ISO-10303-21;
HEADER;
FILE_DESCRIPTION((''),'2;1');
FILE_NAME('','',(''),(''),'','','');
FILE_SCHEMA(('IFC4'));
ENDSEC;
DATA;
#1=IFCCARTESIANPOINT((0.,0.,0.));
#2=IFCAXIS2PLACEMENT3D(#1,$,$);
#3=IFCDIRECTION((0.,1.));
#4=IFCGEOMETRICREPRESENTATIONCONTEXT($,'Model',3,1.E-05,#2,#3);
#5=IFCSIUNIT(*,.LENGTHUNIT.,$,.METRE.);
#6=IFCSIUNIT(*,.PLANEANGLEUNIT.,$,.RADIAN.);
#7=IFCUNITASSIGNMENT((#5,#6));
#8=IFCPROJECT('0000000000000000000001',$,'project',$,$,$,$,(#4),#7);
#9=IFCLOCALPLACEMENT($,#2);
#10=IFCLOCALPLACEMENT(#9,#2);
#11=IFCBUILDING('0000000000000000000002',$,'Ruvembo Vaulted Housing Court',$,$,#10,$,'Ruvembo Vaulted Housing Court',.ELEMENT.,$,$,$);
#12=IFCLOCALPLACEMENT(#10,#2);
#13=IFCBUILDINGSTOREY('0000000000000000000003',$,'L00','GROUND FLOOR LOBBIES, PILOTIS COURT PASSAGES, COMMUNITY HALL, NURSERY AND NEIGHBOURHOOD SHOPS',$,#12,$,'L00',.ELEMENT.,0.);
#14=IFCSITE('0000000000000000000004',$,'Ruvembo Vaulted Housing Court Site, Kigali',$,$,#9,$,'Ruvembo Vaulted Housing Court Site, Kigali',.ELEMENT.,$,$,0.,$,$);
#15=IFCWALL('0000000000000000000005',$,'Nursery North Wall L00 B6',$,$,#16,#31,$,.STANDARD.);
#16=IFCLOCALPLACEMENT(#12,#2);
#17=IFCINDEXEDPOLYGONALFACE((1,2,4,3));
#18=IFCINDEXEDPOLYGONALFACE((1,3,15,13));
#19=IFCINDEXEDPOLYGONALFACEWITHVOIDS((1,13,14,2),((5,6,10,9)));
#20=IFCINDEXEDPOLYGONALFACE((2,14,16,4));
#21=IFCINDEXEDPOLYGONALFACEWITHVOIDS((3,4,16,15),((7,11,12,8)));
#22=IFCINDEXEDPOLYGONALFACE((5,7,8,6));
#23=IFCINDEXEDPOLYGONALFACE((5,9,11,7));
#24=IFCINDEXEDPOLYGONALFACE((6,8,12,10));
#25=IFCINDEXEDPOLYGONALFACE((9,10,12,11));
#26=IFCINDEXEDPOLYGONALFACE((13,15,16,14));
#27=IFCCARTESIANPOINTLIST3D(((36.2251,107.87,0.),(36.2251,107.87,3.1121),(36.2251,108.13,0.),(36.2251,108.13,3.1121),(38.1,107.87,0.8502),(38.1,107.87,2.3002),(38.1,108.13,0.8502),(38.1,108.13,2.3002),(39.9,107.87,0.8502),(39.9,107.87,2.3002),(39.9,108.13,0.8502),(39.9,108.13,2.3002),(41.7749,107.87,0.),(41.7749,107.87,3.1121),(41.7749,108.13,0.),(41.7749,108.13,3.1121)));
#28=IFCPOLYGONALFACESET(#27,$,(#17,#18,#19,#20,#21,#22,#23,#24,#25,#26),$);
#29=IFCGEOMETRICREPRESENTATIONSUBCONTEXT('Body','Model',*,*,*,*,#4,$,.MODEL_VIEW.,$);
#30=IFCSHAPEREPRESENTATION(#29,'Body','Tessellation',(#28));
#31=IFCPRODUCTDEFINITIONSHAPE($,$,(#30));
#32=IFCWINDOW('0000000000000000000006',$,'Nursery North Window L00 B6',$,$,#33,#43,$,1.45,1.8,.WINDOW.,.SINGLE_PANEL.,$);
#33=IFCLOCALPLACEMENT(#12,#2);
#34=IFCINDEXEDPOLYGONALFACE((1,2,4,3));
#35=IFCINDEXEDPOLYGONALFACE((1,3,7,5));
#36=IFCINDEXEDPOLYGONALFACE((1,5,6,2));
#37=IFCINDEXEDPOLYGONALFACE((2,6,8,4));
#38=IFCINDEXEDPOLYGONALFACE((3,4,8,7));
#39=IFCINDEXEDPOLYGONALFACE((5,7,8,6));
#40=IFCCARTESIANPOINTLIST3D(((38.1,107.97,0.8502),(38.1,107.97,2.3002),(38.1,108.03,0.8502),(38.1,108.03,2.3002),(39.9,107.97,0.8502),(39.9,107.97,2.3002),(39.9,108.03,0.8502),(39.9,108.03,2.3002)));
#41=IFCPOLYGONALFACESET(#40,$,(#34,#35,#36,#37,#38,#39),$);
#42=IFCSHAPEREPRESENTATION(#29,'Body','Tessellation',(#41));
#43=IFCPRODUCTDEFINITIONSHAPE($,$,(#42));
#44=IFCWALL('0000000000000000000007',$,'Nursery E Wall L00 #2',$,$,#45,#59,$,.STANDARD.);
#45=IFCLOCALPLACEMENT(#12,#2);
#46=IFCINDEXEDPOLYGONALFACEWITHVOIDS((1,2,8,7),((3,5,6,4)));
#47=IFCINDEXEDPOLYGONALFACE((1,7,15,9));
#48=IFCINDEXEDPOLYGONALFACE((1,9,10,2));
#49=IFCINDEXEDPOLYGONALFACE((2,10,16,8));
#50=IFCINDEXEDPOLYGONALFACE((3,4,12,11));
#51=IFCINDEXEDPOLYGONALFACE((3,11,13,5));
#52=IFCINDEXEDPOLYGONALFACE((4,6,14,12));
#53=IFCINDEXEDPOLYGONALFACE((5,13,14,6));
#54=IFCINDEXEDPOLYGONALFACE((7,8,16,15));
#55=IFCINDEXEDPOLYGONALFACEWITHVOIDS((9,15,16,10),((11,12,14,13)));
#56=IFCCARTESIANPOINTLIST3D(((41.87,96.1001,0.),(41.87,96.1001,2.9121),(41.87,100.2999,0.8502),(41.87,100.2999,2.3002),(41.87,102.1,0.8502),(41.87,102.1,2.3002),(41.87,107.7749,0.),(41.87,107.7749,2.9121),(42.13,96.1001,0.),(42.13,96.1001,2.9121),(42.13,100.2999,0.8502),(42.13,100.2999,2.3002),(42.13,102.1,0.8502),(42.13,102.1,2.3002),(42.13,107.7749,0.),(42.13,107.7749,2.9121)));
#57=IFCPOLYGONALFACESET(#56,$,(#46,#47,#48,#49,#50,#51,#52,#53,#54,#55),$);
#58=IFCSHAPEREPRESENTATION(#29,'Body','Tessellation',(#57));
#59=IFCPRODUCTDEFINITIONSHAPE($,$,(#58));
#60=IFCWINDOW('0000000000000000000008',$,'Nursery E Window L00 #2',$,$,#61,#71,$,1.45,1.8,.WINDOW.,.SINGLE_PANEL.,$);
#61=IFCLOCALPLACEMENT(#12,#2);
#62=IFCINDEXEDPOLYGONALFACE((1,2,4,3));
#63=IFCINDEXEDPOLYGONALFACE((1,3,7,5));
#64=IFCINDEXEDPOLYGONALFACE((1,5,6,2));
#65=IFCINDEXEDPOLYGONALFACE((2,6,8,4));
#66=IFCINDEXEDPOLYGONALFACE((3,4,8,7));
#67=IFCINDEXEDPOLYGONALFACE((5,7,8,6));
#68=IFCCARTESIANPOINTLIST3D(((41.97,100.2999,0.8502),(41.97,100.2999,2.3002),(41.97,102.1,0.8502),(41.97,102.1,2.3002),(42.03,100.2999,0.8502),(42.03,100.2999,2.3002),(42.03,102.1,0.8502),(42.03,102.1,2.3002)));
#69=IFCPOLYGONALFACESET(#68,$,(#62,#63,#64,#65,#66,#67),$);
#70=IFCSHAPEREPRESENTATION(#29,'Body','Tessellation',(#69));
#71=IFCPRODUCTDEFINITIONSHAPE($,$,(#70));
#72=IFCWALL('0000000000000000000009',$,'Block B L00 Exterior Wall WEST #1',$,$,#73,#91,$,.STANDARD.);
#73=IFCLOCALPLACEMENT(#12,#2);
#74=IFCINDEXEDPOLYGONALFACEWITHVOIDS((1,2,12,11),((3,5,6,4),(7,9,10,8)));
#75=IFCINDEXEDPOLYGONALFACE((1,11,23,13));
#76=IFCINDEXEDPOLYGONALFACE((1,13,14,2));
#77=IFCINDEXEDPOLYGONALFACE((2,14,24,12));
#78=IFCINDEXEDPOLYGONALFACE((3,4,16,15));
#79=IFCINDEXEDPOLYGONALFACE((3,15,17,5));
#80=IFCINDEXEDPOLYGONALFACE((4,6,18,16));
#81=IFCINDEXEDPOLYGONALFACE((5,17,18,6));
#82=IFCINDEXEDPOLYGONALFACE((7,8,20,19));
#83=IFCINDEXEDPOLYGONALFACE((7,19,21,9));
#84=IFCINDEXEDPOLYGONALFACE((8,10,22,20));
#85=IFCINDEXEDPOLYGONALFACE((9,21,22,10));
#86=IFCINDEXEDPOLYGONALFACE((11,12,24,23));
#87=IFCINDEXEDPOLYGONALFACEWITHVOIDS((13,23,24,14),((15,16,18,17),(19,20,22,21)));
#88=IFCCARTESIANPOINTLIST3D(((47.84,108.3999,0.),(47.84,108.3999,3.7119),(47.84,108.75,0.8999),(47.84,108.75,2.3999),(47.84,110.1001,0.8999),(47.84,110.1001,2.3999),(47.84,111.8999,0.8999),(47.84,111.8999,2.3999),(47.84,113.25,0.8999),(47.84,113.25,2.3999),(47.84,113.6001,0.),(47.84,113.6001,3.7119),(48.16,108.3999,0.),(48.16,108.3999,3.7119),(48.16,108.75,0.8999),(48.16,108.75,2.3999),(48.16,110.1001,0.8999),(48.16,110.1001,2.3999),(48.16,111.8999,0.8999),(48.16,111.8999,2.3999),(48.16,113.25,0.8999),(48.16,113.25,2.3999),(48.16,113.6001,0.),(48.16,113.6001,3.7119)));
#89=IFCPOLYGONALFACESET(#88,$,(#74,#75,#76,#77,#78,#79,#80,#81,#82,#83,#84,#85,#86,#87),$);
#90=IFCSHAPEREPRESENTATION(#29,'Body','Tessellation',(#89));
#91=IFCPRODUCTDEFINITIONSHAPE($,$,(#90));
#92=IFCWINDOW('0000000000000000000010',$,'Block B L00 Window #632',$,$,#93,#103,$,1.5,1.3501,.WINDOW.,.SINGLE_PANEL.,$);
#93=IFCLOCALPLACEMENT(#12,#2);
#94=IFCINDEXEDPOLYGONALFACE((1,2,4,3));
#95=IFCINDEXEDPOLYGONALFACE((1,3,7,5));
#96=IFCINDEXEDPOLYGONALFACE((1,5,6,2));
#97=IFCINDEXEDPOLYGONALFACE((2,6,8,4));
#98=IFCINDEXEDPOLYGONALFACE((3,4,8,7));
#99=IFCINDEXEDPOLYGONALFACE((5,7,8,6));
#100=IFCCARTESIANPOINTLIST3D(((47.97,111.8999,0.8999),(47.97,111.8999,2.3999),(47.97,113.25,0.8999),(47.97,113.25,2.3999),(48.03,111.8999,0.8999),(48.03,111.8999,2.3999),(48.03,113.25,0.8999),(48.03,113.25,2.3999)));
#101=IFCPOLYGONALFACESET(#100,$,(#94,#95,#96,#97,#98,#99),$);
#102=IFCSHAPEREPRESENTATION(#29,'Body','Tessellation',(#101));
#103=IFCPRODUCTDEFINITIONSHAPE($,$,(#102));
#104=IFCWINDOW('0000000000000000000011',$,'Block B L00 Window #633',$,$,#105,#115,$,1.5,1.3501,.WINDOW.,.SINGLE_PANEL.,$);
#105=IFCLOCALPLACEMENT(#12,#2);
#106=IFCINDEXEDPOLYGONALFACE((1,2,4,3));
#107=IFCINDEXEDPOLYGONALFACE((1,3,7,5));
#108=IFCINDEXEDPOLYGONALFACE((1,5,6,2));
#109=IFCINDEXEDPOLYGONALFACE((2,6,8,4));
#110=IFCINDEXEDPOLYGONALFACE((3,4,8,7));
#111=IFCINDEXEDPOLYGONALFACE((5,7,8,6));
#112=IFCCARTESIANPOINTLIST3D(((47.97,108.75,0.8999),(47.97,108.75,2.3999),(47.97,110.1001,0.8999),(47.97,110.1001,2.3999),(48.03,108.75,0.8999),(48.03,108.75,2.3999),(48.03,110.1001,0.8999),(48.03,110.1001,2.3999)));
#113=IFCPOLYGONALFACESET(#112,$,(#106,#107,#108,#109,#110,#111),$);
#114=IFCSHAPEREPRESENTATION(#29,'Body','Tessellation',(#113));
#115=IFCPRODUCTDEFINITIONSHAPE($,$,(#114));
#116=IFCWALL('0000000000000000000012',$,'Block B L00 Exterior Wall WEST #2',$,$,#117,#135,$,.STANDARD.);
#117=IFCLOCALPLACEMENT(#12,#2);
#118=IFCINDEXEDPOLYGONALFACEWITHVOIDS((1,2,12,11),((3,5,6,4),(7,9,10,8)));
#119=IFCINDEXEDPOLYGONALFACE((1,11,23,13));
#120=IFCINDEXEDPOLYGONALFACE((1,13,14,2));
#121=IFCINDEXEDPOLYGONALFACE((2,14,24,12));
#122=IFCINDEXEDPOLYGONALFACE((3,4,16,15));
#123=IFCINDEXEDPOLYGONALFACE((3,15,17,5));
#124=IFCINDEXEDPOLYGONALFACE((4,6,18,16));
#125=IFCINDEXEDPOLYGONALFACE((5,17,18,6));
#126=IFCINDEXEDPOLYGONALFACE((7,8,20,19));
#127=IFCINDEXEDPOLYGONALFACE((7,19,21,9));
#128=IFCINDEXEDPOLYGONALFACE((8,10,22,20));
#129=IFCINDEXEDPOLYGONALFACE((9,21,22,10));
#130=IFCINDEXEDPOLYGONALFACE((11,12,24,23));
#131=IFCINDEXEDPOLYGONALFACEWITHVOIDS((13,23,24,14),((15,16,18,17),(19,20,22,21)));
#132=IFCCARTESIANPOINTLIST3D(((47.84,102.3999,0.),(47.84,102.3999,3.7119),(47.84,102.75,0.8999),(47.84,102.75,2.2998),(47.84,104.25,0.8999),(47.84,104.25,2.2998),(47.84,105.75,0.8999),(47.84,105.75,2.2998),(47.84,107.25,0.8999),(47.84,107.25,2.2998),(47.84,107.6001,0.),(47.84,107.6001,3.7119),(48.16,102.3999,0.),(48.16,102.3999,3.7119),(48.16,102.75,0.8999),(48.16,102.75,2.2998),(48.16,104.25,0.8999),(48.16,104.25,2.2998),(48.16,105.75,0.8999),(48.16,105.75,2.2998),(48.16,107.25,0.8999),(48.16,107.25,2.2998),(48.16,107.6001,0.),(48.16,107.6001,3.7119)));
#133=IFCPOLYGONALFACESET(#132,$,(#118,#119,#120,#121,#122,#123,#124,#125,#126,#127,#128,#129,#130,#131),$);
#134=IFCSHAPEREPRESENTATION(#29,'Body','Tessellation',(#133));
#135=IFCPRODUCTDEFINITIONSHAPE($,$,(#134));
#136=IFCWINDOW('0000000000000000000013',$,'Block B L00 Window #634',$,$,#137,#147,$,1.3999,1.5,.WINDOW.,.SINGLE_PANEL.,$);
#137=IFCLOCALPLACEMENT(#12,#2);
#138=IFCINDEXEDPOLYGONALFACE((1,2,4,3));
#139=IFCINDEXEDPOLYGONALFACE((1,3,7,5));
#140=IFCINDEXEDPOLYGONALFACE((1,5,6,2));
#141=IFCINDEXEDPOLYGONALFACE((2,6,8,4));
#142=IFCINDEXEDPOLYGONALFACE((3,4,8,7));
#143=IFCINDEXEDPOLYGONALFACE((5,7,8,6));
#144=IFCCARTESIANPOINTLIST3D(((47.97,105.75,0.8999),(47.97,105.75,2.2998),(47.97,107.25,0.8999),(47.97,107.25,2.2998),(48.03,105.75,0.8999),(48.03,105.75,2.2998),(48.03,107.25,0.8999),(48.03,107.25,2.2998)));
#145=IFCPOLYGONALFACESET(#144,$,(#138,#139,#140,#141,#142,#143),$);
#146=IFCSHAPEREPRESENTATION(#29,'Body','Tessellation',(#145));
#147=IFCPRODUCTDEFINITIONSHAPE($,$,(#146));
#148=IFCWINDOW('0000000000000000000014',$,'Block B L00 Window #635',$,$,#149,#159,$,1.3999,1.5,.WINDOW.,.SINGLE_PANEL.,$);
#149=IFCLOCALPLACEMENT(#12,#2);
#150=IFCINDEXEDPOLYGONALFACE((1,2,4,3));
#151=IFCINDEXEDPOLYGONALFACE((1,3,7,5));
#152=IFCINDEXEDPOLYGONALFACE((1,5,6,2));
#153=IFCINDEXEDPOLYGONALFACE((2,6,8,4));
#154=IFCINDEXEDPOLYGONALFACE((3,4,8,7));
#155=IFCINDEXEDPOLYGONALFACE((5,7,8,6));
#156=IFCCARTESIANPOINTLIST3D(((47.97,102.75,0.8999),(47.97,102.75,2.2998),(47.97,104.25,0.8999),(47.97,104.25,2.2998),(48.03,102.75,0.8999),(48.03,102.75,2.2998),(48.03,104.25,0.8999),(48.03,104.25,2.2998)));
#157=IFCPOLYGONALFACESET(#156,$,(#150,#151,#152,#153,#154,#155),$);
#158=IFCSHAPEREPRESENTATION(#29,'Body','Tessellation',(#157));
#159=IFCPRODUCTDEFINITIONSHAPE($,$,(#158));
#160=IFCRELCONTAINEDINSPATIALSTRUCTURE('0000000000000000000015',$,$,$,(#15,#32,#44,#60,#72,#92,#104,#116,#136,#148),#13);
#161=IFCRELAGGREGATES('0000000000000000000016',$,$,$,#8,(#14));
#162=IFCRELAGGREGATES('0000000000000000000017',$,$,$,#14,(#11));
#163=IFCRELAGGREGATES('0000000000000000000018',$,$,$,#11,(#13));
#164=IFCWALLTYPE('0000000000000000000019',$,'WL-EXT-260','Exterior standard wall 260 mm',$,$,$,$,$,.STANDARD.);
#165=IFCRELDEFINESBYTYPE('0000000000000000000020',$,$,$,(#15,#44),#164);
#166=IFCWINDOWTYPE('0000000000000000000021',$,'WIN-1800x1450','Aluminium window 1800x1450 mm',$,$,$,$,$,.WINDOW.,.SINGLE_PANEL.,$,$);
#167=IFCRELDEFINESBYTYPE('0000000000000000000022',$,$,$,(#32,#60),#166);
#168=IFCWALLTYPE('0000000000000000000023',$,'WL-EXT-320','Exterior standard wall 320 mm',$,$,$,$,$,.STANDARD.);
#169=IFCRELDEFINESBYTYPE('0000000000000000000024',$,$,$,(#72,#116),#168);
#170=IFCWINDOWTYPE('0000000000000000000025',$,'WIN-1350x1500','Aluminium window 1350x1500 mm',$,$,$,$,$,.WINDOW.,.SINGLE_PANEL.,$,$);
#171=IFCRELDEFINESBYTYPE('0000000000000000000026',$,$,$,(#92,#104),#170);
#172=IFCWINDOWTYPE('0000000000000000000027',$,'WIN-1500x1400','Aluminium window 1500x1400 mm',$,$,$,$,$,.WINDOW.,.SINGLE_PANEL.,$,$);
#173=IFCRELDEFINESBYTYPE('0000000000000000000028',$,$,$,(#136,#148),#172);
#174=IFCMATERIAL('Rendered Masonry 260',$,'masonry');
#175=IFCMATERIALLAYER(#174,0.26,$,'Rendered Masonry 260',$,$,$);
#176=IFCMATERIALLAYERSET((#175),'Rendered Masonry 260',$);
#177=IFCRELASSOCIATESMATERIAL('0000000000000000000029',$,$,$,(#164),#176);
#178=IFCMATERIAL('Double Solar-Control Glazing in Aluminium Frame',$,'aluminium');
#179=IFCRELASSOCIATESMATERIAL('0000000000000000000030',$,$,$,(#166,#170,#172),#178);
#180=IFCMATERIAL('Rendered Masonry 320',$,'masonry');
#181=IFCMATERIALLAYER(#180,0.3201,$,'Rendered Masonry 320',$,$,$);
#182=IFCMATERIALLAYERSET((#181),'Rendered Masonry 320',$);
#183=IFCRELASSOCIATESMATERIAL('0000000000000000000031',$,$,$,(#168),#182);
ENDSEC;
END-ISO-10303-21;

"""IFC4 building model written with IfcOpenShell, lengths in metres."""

from ifc_helpers import new_model, si_unit, direction, frame, frame_2d, origin, place, context, subcontext, project, spatial, rectangle, extrude, material, layer, layer_set, type_object, element, fill, save


model = new_model("IFC4")

# Units and contexts
model_context = context("Model", 3, precision=1e-05, world=origin(), true_north=direction((0.0, 1.0)))
body_context = subcontext(model_context, "Body", "Model", "MODEL_VIEW")
ifc_project = project(units=[si_unit("LENGTHUNIT", "METRE"), si_unit("PLANEANGLEUNIT", "RADIAN")], contexts=[model_context])

# Site, building, storey
site_placement = place(None, origin())
site = spatial("IfcSite", under=ifc_project, at=site_placement, Name="Ruvembo Vaulted Housing Court Site, Kigali", LongName="Ruvembo Vaulted Housing Court Site, Kigali", CompositionType="ELEMENT", RefElevation=0.0)
building_placement = place(site_placement, origin())
building = spatial("IfcBuilding", under=site, at=building_placement, Name="Ruvembo Vaulted Housing Court", LongName="Ruvembo Vaulted Housing Court", CompositionType="ELEMENT")
storey_placement = place(building_placement, origin())
storey = spatial("IfcBuildingStorey", under=building, at=storey_placement, Name="L00", Description="GROUND FLOOR LOBBIES, PILOTIS COURT PASSAGES, COMMUNITY HALL, NURSERY AND NEIGHBOURHOOD SHOPS", LongName="L00", CompositionType="ELEMENT", Elevation=0.0)

# Walls, openings, windows
ifc_material_1 = material(Name="Rendered Masonry 260", Category="masonry")
ifc_layer_1 = layer(ifc_material_1, 0.26, Name="Rendered Masonry 260")
ifc_layer_set_1 = layer_set([ifc_layer_1], Name="Rendered Masonry 260")
wall_type_1 = type_object("IfcWallType", Name="WL-EXT-260", Description="Exterior standard wall 260 mm", PredefinedType="STANDARD", material=ifc_layer_set_1)
wall_1_placement = place(storey_placement, frame((41.7749, 108.0, 0.0), z_axis=(0.0, 0.0, 1.0), x_axis=(-1.0, 0.0, 0.0)))
wall_1 = element("IfcWall", 1, at=wall_1_placement, inside=storey, type_object=wall_type_1, Name="Nursery North Wall L00 B6", PredefinedType="STANDARD", context=body_context, shape_type="SweptSolid", body=[
    extrude(rectangle(XDim=5.5498, YDim=0.26, at=frame_2d((2.7749, 0.0))), origin(), (0.0, 0.0, 1.0), 3.1121),
])
opening_1_placement = place(wall_1_placement, frame((1.875, 0.0, 0.8501)))
opening_1 = element("IfcOpeningElement", 2, at=opening_1_placement, cuts=wall_1, PredefinedType="OPENING", context=body_context, shape_type="SweptSolid", body=[
    extrude(rectangle(XDim=1.8, YDim=1.45, at=frame_2d((0.8999, 0.7251))), frame((0.0, 0.1399, 0.0), z_axis=(0.0, -1.0, 0.0), x_axis=(1.0, 0.0, 0.0)), (0.0, 0.0, 1.0), 0.28),
])
ifc_material_2 = material(Name="Double Solar-Control Glazing in Aluminium Frame", Category="aluminium")
window_type_1 = type_object("IfcWindowType", Name="WIN-1800x1450", Description="Aluminium window 1800x1450 mm", PartitioningType="SINGLE_PANEL", PredefinedType="WINDOW", material=ifc_material_2)
window_1_placement = place(opening_1_placement, origin())
window_1 = element("IfcWindow", 3, at=window_1_placement, inside=storey, type_object=window_type_1, Name="Nursery North Window L00 B6", OverallHeight=1.45, OverallWidth=1.8, PartitioningType="SINGLE_PANEL", PredefinedType="WINDOW", context=body_context, shape_type="SweptSolid", body=[
    extrude(rectangle(XDim=1.8, YDim=1.45, at=frame_2d((0.8999, 0.7251))), frame((0.0, 0.03, 0.0), z_axis=(0.0, -1.0, 0.0), x_axis=(1.0, 0.0, 0.0)), (0.0, 0.0, 1.0), 0.0601),
])
fill(opening_1, window_1)
wall_2_placement = place(storey_placement, frame((42.0, 96.1001, 0.0), z_axis=(0.0, 0.0, 1.0), x_axis=(0.0, 1.0, 0.0)))
wall_2 = element("IfcWall", 4, at=wall_2_placement, inside=storey, type_object=wall_type_1, Name="Nursery E Wall L00 #2", PredefinedType="STANDARD", context=body_context, shape_type="SweptSolid", body=[
    extrude(rectangle(XDim=11.6748, YDim=0.26, at=frame_2d((5.8374, 0.0))), origin(), (0.0, 0.0, 1.0), 2.9121),
])
opening_2_placement = place(wall_2_placement, frame((4.2, 0.0, 0.8501)))
opening_2 = element("IfcOpeningElement", 5, at=opening_2_placement, cuts=wall_2, PredefinedType="OPENING", context=body_context, shape_type="SweptSolid", body=[
    extrude(rectangle(XDim=1.8, YDim=1.45, at=frame_2d((0.8999, 0.7251))), frame((0.0, 0.1399, 0.0), z_axis=(0.0, -1.0, 0.0), x_axis=(1.0, 0.0, 0.0)), (0.0, 0.0, 1.0), 0.28),
])
window_2_placement = place(opening_2_placement, origin())
window_2 = element("IfcWindow", 6, at=window_2_placement, inside=storey, type_object=window_type_1, Name="Nursery E Window L00 #2", OverallHeight=1.45, OverallWidth=1.8, PartitioningType="SINGLE_PANEL", PredefinedType="WINDOW", context=body_context, shape_type="SweptSolid", body=[
    extrude(rectangle(XDim=1.8, YDim=1.45, at=frame_2d((0.8999, 0.7251))), frame((0.0, 0.03, 0.0), z_axis=(0.0, -1.0, 0.0), x_axis=(1.0, 0.0, 0.0)), (0.0, 0.0, 1.0), 0.0601),
])
fill(opening_2, window_2)

# Walls, openings, windows
ifc_material_3 = material(Name="Rendered Masonry 320", Category="masonry")
ifc_layer_2 = layer(ifc_material_3, 0.3201, Name="Rendered Masonry 320")
ifc_layer_set_2 = layer_set([ifc_layer_2], Name="Rendered Masonry 320")
wall_type_2 = type_object("IfcWallType", Name="WL-EXT-320", Description="Exterior standard wall 320 mm", PredefinedType="STANDARD", material=ifc_layer_set_2)
wall_3_placement = place(storey_placement, frame((48.0, 113.6001, 0.0), z_axis=(0.0, 0.0, 1.0), x_axis=(0.0, -1.0, 0.0)))
wall_3 = element("IfcWall", 7, at=wall_3_placement, inside=storey, type_object=wall_type_2, Name="Block B L00 Exterior Wall WEST #1", PredefinedType="STANDARD", context=body_context, shape_type="SweptSolid", body=[
    extrude(rectangle(XDim=5.2002, YDim=0.3201, at=frame_2d((2.6001, 0.0))), origin(), (0.0, 0.0, 1.0), 3.7119),
])
opening_3_placement = place(wall_3_placement, frame((0.3501, 0.0, 0.8999)))
opening_3 = element("IfcOpeningElement", 8, at=opening_3_placement, cuts=wall_3, PredefinedType="OPENING", context=body_context, shape_type="SweptSolid", body=[
    extrude(rectangle(XDim=1.3501, YDim=1.5, at=frame_2d((0.675, 0.75))), frame((0.0, 0.1699, 0.0), z_axis=(0.0, -1.0, 0.0), x_axis=(1.0, 0.0, 0.0)), (0.0, 0.0, 1.0), 0.3401),
])
opening_4_placement = place(wall_3_placement, frame((3.5, 0.0, 0.8999)))
opening_4 = element("IfcOpeningElement", 9, at=opening_4_placement, cuts=wall_3, PredefinedType="OPENING", context=body_context, shape_type="SweptSolid", body=[
    extrude(rectangle(XDim=1.3501, YDim=1.5, at=frame_2d((0.675, 0.75))), frame((0.0, 0.1699, 0.0), z_axis=(0.0, -1.0, 0.0), x_axis=(1.0, 0.0, 0.0)), (0.0, 0.0, 1.0), 0.3401),
])
window_type_2 = type_object("IfcWindowType", Name="WIN-1350x1500", Description="Aluminium window 1350x1500 mm", PartitioningType="SINGLE_PANEL", PredefinedType="WINDOW", material=ifc_material_2)
window_3_placement = place(opening_3_placement, origin())
window_3 = element("IfcWindow", 10, at=window_3_placement, inside=storey, type_object=window_type_2, Name="Block B L00 Window #632", OverallHeight=1.5, OverallWidth=1.3501, PartitioningType="SINGLE_PANEL", PredefinedType="WINDOW", context=body_context, shape_type="SweptSolid", body=[
    extrude(rectangle(XDim=1.3501, YDim=1.5, at=frame_2d((0.675, 0.75))), frame((0.0, 0.03, 0.0), z_axis=(0.0, -1.0, 0.0), x_axis=(1.0, 0.0, 0.0)), (0.0, 0.0, 1.0), 0.0601),
])
fill(opening_3, window_3)
window_4_placement = place(opening_4_placement, origin())
window_4 = element("IfcWindow", 11, at=window_4_placement, inside=storey, type_object=window_type_2, Name="Block B L00 Window #633", OverallHeight=1.5, OverallWidth=1.3501, PartitioningType="SINGLE_PANEL", PredefinedType="WINDOW", context=body_context, shape_type="SweptSolid", body=[
    extrude(rectangle(XDim=1.3501, YDim=1.5, at=frame_2d((0.675, 0.75))), frame((0.0, 0.03, 0.0), z_axis=(0.0, -1.0, 0.0), x_axis=(1.0, 0.0, 0.0)), (0.0, 0.0, 1.0), 0.0601),
])
fill(opening_4, window_4)
wall_4_placement = place(storey_placement, frame((48.0, 107.6001, 0.0), z_axis=(0.0, 0.0, 1.0), x_axis=(0.0, -1.0, 0.0)))
wall_4 = element("IfcWall", 12, at=wall_4_placement, inside=storey, type_object=wall_type_2, Name="Block B L00 Exterior Wall WEST #2", PredefinedType="STANDARD", context=body_context, shape_type="SweptSolid", body=[
    extrude(rectangle(XDim=5.2002, YDim=0.3201, at=frame_2d((2.6001, 0.0))), origin(), (0.0, 0.0, 1.0), 3.7119),
])
opening_5_placement = place(wall_4_placement, frame((0.3501, 0.0, 0.8999)))
opening_5 = element("IfcOpeningElement", 13, at=opening_5_placement, cuts=wall_4, PredefinedType="OPENING", context=body_context, shape_type="SweptSolid", body=[
    extrude(rectangle(XDim=1.5, YDim=1.3999, at=frame_2d((0.75, 0.7))), frame((0.0, 0.1699, 0.0), z_axis=(0.0, -1.0, 0.0), x_axis=(1.0, 0.0, 0.0)), (0.0, 0.0, 1.0), 0.3401),
])
opening_6_placement = place(wall_4_placement, frame((3.3501, 0.0, 0.8999)))
opening_6 = element("IfcOpeningElement", 14, at=opening_6_placement, cuts=wall_4, PredefinedType="OPENING", context=body_context, shape_type="SweptSolid", body=[
    extrude(rectangle(XDim=1.5, YDim=1.3999, at=frame_2d((0.75, 0.7))), frame((0.0, 0.1699, 0.0), z_axis=(0.0, -1.0, 0.0), x_axis=(1.0, 0.0, 0.0)), (0.0, 0.0, 1.0), 0.3401),
])
window_type_3 = type_object("IfcWindowType", Name="WIN-1500x1400", Description="Aluminium window 1500x1400 mm", PartitioningType="SINGLE_PANEL", PredefinedType="WINDOW", material=ifc_material_2)
window_5_placement = place(opening_5_placement, origin())
window_5 = element("IfcWindow", 15, at=window_5_placement, inside=storey, type_object=window_type_3, Name="Block B L00 Window #634", OverallHeight=1.3999, OverallWidth=1.5, PartitioningType="SINGLE_PANEL", PredefinedType="WINDOW", context=body_context, shape_type="SweptSolid", body=[
    extrude(rectangle(XDim=1.5, YDim=1.3999, at=frame_2d((0.75, 0.7))), frame((0.0, 0.03, 0.0), z_axis=(0.0, -1.0, 0.0), x_axis=(1.0, 0.0, 0.0)), (0.0, 0.0, 1.0), 0.0601),
])
fill(opening_5, window_5)
window_6_placement = place(opening_6_placement, origin())
window_6 = element("IfcWindow", 16, at=window_6_placement, inside=storey, type_object=window_type_3, Name="Block B L00 Window #635", OverallHeight=1.3999, OverallWidth=1.5, PartitioningType="SINGLE_PANEL", PredefinedType="WINDOW", context=body_context, shape_type="SweptSolid", body=[
    extrude(rectangle(XDim=1.5, YDim=1.3999, at=frame_2d((0.75, 0.7))), frame((0.0, 0.03, 0.0), z_axis=(0.0, -1.0, 0.0), x_axis=(1.0, 0.0, 0.0)), (0.0, 0.0, 1.0), 0.0601),
])
fill(opening_6, window_6)

save(model, "model.ifc")
